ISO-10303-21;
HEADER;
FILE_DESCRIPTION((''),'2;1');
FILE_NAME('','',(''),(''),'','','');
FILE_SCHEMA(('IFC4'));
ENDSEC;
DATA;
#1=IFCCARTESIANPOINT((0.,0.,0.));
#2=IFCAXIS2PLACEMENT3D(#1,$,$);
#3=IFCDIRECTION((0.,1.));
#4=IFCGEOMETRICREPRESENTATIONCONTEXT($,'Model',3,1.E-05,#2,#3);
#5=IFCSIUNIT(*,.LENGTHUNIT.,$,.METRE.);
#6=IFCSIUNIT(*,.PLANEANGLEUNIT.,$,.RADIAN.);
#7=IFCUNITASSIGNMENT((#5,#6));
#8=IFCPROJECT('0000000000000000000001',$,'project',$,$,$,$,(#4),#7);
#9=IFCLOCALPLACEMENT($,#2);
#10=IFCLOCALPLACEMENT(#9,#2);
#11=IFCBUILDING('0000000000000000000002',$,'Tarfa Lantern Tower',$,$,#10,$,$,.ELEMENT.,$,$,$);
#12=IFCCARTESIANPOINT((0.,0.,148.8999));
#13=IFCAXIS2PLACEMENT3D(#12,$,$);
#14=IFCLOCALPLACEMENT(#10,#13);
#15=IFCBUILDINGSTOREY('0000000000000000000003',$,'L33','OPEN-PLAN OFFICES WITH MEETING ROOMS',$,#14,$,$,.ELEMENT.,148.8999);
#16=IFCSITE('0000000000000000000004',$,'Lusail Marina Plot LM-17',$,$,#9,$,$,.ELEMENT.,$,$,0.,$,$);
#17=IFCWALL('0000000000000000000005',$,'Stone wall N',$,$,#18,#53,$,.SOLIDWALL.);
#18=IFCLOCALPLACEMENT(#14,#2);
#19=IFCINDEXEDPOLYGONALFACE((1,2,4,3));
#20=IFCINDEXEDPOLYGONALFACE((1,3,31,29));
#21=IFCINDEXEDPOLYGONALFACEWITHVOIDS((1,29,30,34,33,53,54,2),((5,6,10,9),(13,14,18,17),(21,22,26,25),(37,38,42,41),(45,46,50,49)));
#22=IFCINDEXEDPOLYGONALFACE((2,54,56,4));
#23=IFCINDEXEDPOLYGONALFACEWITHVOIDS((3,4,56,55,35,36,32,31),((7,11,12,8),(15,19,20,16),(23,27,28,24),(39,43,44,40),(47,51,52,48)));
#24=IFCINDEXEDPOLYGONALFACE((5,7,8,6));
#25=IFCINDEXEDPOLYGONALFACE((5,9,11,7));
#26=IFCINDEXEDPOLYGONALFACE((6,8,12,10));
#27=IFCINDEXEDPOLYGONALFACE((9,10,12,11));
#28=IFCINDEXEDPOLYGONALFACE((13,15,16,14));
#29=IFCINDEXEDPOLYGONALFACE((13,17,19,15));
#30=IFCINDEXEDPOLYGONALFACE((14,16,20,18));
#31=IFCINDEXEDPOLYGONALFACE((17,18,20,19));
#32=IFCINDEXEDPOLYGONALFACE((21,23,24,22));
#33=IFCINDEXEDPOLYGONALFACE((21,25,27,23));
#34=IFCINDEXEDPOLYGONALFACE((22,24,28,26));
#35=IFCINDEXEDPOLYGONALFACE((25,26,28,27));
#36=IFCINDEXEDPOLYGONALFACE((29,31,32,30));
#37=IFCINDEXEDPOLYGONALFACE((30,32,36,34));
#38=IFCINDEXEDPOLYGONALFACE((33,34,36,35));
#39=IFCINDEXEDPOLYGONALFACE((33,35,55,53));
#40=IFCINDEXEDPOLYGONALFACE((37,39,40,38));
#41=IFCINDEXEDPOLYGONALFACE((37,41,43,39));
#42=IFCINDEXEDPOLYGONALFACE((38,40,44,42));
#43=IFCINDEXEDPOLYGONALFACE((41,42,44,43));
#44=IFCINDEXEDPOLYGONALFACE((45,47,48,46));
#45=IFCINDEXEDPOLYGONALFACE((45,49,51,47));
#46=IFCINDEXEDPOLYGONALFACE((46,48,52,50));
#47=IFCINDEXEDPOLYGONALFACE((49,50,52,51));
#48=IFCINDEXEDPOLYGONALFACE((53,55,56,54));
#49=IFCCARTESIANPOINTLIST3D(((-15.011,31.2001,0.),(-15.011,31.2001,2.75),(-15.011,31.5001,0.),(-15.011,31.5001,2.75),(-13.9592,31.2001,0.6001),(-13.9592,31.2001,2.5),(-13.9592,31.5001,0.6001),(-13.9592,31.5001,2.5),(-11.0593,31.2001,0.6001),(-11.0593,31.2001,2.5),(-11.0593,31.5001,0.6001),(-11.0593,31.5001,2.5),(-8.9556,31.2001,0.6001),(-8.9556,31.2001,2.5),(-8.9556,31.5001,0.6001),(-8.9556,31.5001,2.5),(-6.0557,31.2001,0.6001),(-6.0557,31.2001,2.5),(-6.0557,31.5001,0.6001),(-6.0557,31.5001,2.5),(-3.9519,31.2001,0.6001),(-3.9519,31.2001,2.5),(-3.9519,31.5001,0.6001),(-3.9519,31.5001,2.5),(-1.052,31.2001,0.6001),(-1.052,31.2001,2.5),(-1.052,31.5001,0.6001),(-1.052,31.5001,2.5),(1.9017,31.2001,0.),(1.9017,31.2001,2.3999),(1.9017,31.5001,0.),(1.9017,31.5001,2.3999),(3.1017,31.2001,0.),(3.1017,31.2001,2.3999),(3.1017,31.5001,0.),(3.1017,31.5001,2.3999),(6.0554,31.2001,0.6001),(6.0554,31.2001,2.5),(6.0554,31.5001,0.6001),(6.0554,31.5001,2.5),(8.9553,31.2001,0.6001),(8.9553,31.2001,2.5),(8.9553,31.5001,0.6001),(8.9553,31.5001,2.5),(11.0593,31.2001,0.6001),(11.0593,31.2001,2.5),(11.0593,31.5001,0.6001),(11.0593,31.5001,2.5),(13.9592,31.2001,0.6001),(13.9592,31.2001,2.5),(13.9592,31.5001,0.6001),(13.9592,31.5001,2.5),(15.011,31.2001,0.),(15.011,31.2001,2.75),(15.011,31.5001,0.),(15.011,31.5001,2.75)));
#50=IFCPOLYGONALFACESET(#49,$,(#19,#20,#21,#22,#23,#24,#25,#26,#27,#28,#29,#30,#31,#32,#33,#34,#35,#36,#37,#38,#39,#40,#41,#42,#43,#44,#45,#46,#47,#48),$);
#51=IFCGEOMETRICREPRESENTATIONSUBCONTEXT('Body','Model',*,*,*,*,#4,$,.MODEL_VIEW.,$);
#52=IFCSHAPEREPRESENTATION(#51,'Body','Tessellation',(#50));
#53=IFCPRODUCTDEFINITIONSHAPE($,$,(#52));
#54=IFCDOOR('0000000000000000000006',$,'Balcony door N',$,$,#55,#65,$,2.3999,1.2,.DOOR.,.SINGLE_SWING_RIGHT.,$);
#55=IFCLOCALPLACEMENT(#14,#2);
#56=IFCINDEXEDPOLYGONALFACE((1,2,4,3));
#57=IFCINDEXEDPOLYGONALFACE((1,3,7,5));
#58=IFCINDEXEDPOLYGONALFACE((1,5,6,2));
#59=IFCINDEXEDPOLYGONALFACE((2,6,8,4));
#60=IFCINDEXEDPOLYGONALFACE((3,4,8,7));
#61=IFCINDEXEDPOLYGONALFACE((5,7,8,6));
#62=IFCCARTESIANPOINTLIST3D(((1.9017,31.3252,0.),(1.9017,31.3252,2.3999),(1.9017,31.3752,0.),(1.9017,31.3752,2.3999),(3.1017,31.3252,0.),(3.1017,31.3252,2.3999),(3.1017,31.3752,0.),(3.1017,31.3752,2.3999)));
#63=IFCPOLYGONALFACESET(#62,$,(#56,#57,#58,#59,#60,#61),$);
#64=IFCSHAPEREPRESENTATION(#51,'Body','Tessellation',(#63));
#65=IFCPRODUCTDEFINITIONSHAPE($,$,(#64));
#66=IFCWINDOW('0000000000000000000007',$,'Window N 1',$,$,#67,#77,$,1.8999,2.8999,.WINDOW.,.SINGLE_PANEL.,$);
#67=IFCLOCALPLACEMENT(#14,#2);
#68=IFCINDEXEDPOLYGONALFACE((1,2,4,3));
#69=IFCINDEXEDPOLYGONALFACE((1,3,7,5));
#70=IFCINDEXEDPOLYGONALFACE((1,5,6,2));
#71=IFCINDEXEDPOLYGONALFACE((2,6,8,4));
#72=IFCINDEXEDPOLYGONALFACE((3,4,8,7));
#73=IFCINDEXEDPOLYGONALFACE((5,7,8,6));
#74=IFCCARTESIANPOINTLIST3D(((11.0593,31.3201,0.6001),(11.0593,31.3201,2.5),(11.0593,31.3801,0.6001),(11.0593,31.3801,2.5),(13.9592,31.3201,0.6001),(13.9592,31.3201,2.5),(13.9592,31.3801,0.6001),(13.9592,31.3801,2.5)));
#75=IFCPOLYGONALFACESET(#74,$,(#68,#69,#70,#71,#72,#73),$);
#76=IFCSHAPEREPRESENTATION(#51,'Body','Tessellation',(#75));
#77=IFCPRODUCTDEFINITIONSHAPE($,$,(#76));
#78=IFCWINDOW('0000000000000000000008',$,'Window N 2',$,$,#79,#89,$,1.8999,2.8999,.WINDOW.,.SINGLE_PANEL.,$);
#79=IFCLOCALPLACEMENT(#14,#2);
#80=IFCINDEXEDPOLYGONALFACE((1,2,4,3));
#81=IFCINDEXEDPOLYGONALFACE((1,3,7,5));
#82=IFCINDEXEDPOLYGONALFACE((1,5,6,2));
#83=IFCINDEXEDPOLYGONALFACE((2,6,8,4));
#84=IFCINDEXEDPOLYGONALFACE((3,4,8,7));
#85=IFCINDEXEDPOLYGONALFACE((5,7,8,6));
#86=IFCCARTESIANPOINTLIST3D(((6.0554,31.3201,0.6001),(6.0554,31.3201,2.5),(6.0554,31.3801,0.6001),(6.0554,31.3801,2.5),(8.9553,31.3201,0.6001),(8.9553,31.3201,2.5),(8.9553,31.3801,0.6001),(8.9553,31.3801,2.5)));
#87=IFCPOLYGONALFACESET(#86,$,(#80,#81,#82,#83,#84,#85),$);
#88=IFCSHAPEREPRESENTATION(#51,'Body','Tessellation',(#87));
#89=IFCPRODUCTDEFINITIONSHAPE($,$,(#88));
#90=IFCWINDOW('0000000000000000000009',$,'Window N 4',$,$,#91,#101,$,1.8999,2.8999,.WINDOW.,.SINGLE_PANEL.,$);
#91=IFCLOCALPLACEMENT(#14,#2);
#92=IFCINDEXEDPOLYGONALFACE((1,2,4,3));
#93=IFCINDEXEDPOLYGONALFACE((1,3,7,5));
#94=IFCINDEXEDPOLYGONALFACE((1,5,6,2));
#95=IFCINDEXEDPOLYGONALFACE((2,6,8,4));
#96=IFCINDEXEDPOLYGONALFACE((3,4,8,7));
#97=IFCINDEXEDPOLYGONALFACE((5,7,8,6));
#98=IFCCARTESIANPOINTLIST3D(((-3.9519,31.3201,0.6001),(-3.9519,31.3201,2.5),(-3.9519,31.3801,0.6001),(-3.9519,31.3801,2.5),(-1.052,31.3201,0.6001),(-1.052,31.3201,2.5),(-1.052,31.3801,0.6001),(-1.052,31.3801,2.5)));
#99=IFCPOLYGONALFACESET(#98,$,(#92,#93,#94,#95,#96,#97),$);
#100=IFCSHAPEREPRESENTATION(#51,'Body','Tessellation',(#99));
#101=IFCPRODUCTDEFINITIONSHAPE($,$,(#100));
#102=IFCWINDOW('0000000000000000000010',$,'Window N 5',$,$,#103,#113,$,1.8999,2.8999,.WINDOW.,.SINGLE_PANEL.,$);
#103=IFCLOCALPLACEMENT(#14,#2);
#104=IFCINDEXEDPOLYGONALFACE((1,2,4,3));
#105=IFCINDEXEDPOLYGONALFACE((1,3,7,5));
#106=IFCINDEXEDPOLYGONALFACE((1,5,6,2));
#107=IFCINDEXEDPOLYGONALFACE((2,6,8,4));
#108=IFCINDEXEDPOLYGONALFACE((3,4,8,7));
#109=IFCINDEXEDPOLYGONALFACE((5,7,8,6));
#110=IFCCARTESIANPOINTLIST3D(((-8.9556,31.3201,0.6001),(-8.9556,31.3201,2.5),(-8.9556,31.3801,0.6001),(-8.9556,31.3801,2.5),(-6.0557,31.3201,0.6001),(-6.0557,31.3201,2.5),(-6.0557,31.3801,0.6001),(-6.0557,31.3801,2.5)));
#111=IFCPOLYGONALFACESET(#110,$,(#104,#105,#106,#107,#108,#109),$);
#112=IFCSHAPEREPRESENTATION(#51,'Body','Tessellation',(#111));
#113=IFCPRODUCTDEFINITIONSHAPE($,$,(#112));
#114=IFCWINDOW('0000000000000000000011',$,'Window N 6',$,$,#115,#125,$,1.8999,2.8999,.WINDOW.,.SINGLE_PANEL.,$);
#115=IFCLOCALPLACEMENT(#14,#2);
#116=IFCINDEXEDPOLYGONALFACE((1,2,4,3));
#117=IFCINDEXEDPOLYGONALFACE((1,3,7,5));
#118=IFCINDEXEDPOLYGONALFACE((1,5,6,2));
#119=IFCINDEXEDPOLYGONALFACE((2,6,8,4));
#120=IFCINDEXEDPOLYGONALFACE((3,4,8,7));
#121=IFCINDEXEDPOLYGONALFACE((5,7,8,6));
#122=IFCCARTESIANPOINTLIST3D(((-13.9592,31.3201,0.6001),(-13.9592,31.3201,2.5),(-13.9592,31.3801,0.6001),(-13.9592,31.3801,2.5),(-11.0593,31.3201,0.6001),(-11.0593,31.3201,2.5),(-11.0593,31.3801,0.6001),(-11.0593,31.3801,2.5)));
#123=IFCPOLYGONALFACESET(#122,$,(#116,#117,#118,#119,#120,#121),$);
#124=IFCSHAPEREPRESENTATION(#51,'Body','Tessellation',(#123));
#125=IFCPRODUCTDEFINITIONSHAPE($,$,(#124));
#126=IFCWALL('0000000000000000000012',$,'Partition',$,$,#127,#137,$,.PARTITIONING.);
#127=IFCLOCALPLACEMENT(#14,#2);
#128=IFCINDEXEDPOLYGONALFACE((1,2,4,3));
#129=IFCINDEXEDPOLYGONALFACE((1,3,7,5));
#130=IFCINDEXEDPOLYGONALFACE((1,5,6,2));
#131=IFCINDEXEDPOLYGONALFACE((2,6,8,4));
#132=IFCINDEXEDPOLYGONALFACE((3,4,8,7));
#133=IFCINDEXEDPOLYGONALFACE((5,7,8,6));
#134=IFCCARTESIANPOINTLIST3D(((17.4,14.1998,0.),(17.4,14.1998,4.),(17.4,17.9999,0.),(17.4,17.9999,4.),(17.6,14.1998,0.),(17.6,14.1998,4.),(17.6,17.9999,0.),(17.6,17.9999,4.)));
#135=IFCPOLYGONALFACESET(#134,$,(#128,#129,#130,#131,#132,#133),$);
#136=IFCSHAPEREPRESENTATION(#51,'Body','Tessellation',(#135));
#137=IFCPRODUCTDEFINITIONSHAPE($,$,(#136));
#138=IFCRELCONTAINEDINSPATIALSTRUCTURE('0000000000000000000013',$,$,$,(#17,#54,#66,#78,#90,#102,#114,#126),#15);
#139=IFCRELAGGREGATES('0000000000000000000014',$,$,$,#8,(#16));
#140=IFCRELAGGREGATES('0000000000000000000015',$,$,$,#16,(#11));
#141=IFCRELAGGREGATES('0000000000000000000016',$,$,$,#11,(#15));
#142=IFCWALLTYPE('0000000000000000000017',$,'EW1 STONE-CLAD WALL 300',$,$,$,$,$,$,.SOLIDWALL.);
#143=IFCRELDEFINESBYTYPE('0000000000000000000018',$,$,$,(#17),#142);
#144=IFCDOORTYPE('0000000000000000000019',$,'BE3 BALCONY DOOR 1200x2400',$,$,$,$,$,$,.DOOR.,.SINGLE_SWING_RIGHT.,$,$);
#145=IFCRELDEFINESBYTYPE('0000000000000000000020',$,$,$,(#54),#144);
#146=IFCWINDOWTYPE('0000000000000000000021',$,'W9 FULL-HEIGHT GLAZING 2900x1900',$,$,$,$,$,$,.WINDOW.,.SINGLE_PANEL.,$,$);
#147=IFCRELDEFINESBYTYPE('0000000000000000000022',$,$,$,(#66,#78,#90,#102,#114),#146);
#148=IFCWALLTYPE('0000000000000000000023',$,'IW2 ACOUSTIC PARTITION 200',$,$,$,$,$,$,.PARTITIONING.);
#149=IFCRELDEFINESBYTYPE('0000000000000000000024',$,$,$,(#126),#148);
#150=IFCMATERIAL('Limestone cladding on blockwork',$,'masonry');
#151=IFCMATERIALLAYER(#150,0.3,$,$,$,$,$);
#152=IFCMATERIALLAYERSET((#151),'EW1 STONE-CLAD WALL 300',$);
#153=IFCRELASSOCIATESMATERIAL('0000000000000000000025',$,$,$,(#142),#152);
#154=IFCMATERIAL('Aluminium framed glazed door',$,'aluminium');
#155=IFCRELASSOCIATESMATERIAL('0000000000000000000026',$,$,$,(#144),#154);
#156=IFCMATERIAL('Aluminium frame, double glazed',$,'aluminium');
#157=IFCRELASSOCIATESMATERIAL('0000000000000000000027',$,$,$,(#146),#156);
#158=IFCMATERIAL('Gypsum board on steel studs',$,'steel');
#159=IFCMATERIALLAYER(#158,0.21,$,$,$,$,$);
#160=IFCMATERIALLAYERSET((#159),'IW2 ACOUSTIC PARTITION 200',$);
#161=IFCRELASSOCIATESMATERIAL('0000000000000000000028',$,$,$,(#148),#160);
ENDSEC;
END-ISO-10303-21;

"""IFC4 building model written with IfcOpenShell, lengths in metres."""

from ifc_helpers import new_model, si_unit, direction, frame, frame_2d, origin, place, context, subcontext, project, spatial, rectangle, extrude, material, layer, layer_set, type_object, element, fill, save


model = new_model("IFC4")

# Units and contexts
model_context = context("Model", 3, precision=1e-05, world=origin(), true_north=direction((0.0, 1.0)))
body_context = subcontext(model_context, "Body", "Model", "MODEL_VIEW")
ifc_project = project(units=[si_unit("LENGTHUNIT", "METRE"), si_unit("PLANEANGLEUNIT", "RADIAN")], contexts=[model_context])

# Site, building, storey
site_placement = place(None, origin())
site = spatial("IfcSite", under=ifc_project, at=site_placement, Name="Lusail Marina Plot LM-17", CompositionType="ELEMENT", RefElevation=0.0)
building_placement = place(site_placement, origin())
building = spatial("IfcBuilding", under=site, at=building_placement, Name="Tarfa Lantern Tower", CompositionType="ELEMENT")
storey_placement = place(building_placement, frame((0.0, 0.0, 148.8999)))
storey = spatial("IfcBuildingStorey", under=building, at=storey_placement, Name="L33", Description="OPEN-PLAN OFFICES WITH MEETING ROOMS", CompositionType="ELEMENT", Elevation=148.8999)

# Wall, openings, door, windows
ifc_material_1 = material(Name="Limestone cladding on blockwork", Category="masonry")
ifc_layer_1 = layer(ifc_material_1, 0.3)
ifc_layer_set_1 = layer_set([ifc_layer_1], Name="EW1 STONE-CLAD WALL 300")
wall_type_1 = type_object("IfcWallType", Name="EW1 STONE-CLAD WALL 300", PredefinedType="SOLIDWALL", material=ifc_layer_set_1)
wall_1_placement = place(storey_placement, frame((15.011, 31.3501, 0.0), z_axis=(0.0, 0.0, 1.0), x_axis=(-1.0, 0.0, 0.0)))
wall_1 = element("IfcWall", 1, at=wall_1_placement, inside=storey, type_object=wall_type_1, Name="Stone wall N", PredefinedType="SOLIDWALL", context=body_context, shape_type="SweptSolid", body=[
    extrude(rectangle(XDim=30.022, YDim=0.3, at=frame_2d((15.011, 0.0))), origin(), (0.0, 0.0, 1.0), 2.75),
])
opening_1_placement = place(wall_1_placement, frame((1.0518, 0.0, 0.6001)))
opening_1 = element("IfcOpeningElement", 2, at=opening_1_placement, cuts=wall_1, PredefinedType="OPENING", context=body_context, shape_type="SweptSolid", body=[
    extrude(rectangle(XDim=2.8999, YDim=1.8999, at=frame_2d((1.45, 0.95))), frame((0.0, 0.1599, 0.0), z_axis=(0.0, -1.0, 0.0), x_axis=(1.0, 0.0, 0.0)), (0.0, 0.0, 1.0), 0.3201),
])
opening_2_placement = place(wall_1_placement, frame((6.0557, 0.0, 0.6001)))
opening_2 = element("IfcOpeningElement", 3, at=opening_2_placement, cuts=wall_1, PredefinedType="OPENING", context=body_context, shape_type="SweptSolid", body=[
    extrude(rectangle(XDim=2.8999, YDim=1.8999, at=frame_2d((1.45, 0.95))), frame((0.0, 0.1599, 0.0), z_axis=(0.0, -1.0, 0.0), x_axis=(1.0, 0.0, 0.0)), (0.0, 0.0, 1.0), 0.3201),
])
opening_3_placement = place(wall_1_placement, frame((11.9092, 0.0, 0.0)))
opening_3 = element("IfcOpeningElement", 4, at=opening_3_placement, cuts=wall_1, PredefinedType="OPENING", context=body_context, shape_type="SweptSolid", body=[
    extrude(rectangle(XDim=1.2, YDim=2.3999, at=frame_2d((0.6001, 1.2))), frame((0.0, 0.1599, 0.0), z_axis=(0.0, -1.0, 0.0), x_axis=(1.0, 0.0, 0.0)), (0.0, 0.0, 1.0), 0.3201),
])
opening_4_placement = place(wall_1_placement, frame((16.063, 0.0, 0.6001)))
opening_4 = element("IfcOpeningElement", 5, at=opening_4_placement, cuts=wall_1, PredefinedType="OPENING", context=body_context, shape_type="SweptSolid", body=[
    extrude(rectangle(XDim=2.8999, YDim=1.8999, at=frame_2d((1.45, 0.95))), frame((0.0, 0.1599, 0.0), z_axis=(0.0, -1.0, 0.0), x_axis=(1.0, 0.0, 0.0)), (0.0, 0.0, 1.0), 0.3201),
])
opening_5_placement = place(wall_1_placement, frame((21.0667, 0.0, 0.6001)))
opening_5 = element("IfcOpeningElement", 6, at=opening_5_placement, cuts=wall_1, PredefinedType="OPENING", context=body_context, shape_type="SweptSolid", body=[
    extrude(rectangle(XDim=2.8999, YDim=1.8999, at=frame_2d((1.45, 0.95))), frame((0.0, 0.1599, 0.0), z_axis=(0.0, -1.0, 0.0), x_axis=(1.0, 0.0, 0.0)), (0.0, 0.0, 1.0), 0.3201),
])
opening_6_placement = place(wall_1_placement, frame((26.0703, 0.0, 0.6001)))
opening_6 = element("IfcOpeningElement", 7, at=opening_6_placement, cuts=wall_1, PredefinedType="OPENING", context=body_context, shape_type="SweptSolid", body=[
    extrude(rectangle(XDim=2.8999, YDim=1.8999, at=frame_2d((1.45, 0.95))), frame((0.0, 0.1599, 0.0), z_axis=(0.0, -1.0, 0.0), x_axis=(1.0, 0.0, 0.0)), (0.0, 0.0, 1.0), 0.3201),
])
ifc_material_2 = material(Name="Aluminium framed glazed door", Category="aluminium")
door_type_1 = type_object("IfcDoorType", Name="BE3 BALCONY DOOR 1200x2400", OperationType="SINGLE_SWING_RIGHT", PredefinedType="DOOR", material=ifc_material_2)
door_1_placement = place(opening_3_placement, origin())
door_1 = element("IfcDoor", 8, at=door_1_placement, inside=storey, type_object=door_type_1, Name="Balcony door N", OperationType="SINGLE_SWING_RIGHT", OverallHeight=2.3999, OverallWidth=1.2, PredefinedType="DOOR", context=body_context, shape_type="SweptSolid", body=[
    extrude(rectangle(XDim=1.2, YDim=2.3999, at=frame_2d((0.6001, 1.2))), frame((0.0, 0.0249, 0.0), z_axis=(0.0, -1.0, 0.0), x_axis=(1.0, 0.0, 0.0)), (0.0, 0.0, 1.0), 0.05),
])
fill(opening_3, door_1)
ifc_material_3 = material(Name="Aluminium frame, double glazed", Category="aluminium")
window_type = type_object("IfcWindowType", Name="W9 FULL-HEIGHT GLAZING 2900x1900", PartitioningType="SINGLE_PANEL", PredefinedType="WINDOW", material=ifc_material_3)
window_1_placement = place(opening_1_placement, origin())
window_1 = element("IfcWindow", 9, at=window_1_placement, inside=storey, type_object=window_type, Name="Window N 1", OverallHeight=1.8999, OverallWidth=2.8999, PartitioningType="SINGLE_PANEL", PredefinedType="WINDOW", context=body_context, shape_type="SweptSolid", body=[
    extrude(rectangle(XDim=2.8999, YDim=1.8999, at=frame_2d((1.45, 0.95))), frame((0.0, 0.03, 0.0), z_axis=(0.0, -1.0, 0.0), x_axis=(1.0, 0.0, 0.0)), (0.0, 0.0, 1.0), 0.0601),
])
fill(opening_1, window_1)
window_2_placement = place(opening_2_placement, origin())
window_2 = element("IfcWindow", 10, at=window_2_placement, inside=storey, type_object=window_type, Name="Window N 2", OverallHeight=1.8999, OverallWidth=2.8999, PartitioningType="SINGLE_PANEL", PredefinedType="WINDOW", context=body_context, shape_type="SweptSolid", body=[
    extrude(rectangle(XDim=2.8999, YDim=1.8999, at=frame_2d((1.45, 0.95))), frame((0.0, 0.03, 0.0), z_axis=(0.0, -1.0, 0.0), x_axis=(1.0, 0.0, 0.0)), (0.0, 0.0, 1.0), 0.0601),
])
fill(opening_2, window_2)
window_3_placement = place(opening_4_placement, origin())
window_3 = element("IfcWindow", 11, at=window_3_placement, inside=storey, type_object=window_type, Name="Window N 4", OverallHeight=1.8999, OverallWidth=2.8999, PartitioningType="SINGLE_PANEL", PredefinedType="WINDOW", context=body_context, shape_type="SweptSolid", body=[
    extrude(rectangle(XDim=2.8999, YDim=1.8999, at=frame_2d((1.45, 0.95))), frame((0.0, 0.03, 0.0), z_axis=(0.0, -1.0, 0.0), x_axis=(1.0, 0.0, 0.0)), (0.0, 0.0, 1.0), 0.0601),
])
fill(opening_4, window_3)
window_4_placement = place(opening_5_placement, origin())
window_4 = element("IfcWindow", 12, at=window_4_placement, inside=storey, type_object=window_type, Name="Window N 5", OverallHeight=1.8999, OverallWidth=2.8999, PartitioningType="SINGLE_PANEL", PredefinedType="WINDOW", context=body_context, shape_type="SweptSolid", body=[
    extrude(rectangle(XDim=2.8999, YDim=1.8999, at=frame_2d((1.45, 0.95))), frame((0.0, 0.03, 0.0), z_axis=(0.0, -1.0, 0.0), x_axis=(1.0, 0.0, 0.0)), (0.0, 0.0, 1.0), 0.0601),
])
fill(opening_5, window_4)
window_5_placement = place(opening_6_placement, origin())
window_5 = element("IfcWindow", 13, at=window_5_placement, inside=storey, type_object=window_type, Name="Window N 6", OverallHeight=1.8999, OverallWidth=2.8999, PartitioningType="SINGLE_PANEL", PredefinedType="WINDOW", context=body_context, shape_type="SweptSolid", body=[
    extrude(rectangle(XDim=2.8999, YDim=1.8999, at=frame_2d((1.45, 0.95))), frame((0.0, 0.03, 0.0), z_axis=(0.0, -1.0, 0.0), x_axis=(1.0, 0.0, 0.0)), (0.0, 0.0, 1.0), 0.0601),
])
fill(opening_6, window_5)

# Wall
ifc_material_4 = material(Name="Gypsum board on steel studs", Category="steel")
ifc_layer_2 = layer(ifc_material_4, 0.21)
ifc_layer_set_2 = layer_set([ifc_layer_2], Name="IW2 ACOUSTIC PARTITION 200")
wall_type_2 = type_object("IfcWallType", Name="IW2 ACOUSTIC PARTITION 200", PredefinedType="PARTITIONING", material=ifc_layer_set_2)
wall_2_placement = place(storey_placement, frame((17.5, 14.2, 0.0), z_axis=(0.0, 0.0, 1.0), x_axis=(0.0, 1.0, 0.0)))
element("IfcWall", 14, at=wall_2_placement, inside=storey, type_object=wall_type_2, Name="Partition", PredefinedType="PARTITIONING", context=body_context, shape_type="SweptSolid", body=[
    extrude(rectangle(XDim=3.8, YDim=0.2, at=frame_2d((1.8999, 0.0))), origin(), (0.0, 0.0, 1.0), 4.0),
])

save(model, "model.ifc")
